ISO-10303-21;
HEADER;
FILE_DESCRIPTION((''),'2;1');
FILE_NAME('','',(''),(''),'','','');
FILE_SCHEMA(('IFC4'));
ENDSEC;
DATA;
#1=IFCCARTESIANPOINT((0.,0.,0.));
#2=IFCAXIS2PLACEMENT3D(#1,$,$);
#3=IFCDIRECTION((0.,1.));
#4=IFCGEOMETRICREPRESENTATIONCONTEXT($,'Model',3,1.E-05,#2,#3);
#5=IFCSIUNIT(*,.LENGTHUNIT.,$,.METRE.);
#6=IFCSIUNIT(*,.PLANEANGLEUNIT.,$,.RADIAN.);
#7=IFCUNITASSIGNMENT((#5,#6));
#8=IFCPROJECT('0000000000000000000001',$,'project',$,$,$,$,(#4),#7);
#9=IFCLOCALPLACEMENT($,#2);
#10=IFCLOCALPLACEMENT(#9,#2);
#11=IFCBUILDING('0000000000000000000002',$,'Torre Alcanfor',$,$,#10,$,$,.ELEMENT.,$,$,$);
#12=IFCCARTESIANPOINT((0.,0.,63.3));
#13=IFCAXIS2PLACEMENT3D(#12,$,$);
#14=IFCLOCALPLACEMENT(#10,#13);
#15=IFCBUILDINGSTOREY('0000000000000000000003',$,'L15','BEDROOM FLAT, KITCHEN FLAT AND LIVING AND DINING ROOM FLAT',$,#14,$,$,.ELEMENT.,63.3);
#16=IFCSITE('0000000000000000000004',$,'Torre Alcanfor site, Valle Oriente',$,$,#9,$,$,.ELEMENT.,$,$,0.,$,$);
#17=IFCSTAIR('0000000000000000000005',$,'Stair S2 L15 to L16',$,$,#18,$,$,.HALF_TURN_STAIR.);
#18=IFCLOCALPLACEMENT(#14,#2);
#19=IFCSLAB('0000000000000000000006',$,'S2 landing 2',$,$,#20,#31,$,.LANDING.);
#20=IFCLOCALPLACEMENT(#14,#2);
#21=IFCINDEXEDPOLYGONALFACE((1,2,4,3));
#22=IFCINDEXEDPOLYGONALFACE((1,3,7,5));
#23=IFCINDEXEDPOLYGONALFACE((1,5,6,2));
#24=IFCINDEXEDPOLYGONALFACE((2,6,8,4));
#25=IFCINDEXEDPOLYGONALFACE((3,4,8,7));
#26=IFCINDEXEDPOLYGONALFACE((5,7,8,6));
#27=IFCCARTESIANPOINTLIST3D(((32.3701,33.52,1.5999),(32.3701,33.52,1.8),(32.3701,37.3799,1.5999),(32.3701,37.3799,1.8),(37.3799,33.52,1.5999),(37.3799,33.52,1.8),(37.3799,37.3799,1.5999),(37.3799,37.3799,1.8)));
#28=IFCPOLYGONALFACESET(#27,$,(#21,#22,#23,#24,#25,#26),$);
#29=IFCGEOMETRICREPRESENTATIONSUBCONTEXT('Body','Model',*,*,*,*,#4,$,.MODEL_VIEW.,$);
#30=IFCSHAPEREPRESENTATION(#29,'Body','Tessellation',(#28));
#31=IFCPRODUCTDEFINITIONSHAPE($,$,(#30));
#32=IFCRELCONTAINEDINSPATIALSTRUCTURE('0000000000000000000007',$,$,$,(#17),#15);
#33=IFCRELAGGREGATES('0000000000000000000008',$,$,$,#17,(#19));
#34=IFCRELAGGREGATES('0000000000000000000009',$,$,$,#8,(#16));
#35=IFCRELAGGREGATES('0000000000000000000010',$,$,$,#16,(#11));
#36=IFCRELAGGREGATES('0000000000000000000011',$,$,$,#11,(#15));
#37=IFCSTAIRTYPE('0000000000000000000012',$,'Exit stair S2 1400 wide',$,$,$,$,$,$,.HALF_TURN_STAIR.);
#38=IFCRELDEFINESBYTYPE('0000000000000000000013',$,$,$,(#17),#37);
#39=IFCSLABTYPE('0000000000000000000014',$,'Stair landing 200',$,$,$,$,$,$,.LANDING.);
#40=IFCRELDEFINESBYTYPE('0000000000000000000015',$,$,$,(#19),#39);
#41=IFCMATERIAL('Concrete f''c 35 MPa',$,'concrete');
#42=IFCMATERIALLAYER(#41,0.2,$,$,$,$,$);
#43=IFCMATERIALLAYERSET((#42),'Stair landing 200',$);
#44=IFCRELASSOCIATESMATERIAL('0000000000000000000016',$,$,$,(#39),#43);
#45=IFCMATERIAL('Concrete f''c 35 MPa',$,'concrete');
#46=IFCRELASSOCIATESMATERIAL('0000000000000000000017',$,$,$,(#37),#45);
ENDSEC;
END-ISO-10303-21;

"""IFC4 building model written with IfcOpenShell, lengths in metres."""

from ifc_helpers import new_model, si_unit, direction, frame, origin, place, context, subcontext, project, spatial, polyline, outline, extrude, material, layer, layer_set, type_object, element, aggregate, save


model = new_model("IFC4")

# Units and contexts
model_context = context("Model", 3, precision=1e-05, world=origin(), true_north=direction((0.0, 1.0)))
body_context = subcontext(model_context, "Body", "Model", "MODEL_VIEW")
ifc_project = project(units=[si_unit("LENGTHUNIT", "METRE"), si_unit("PLANEANGLEUNIT", "RADIAN")], contexts=[model_context])

# Site, building, storey
site_placement = place(None, origin())
site = spatial("IfcSite", under=ifc_project, at=site_placement, Name="Torre Alcanfor site, Valle Oriente", CompositionType="ELEMENT", RefElevation=0.0)
building_placement = place(site_placement, origin())
building = spatial("IfcBuilding", under=site, at=building_placement, Name="Torre Alcanfor", CompositionType="ELEMENT")
storey_placement = place(building_placement, frame((0.0, 0.0, 63.3)))
storey = spatial("IfcBuildingStorey", under=building, at=storey_placement, Name="L15", Description="BEDROOM FLAT, KITCHEN FLAT AND LIVING AND DINING ROOM FLAT", CompositionType="ELEMENT", Elevation=63.3)

# Stair, slab
ifc_material_1 = material(Name="Concrete f'c 35 MPa", Category="concrete")
ifc_layer_1 = layer(ifc_material_1, 0.2)
ifc_layer_set_1 = layer_set([ifc_layer_1], Name="Stair landing 200")
slab_type_1 = type_object("IfcSlabType", Name="Stair landing 200", PredefinedType="LANDING", material=ifc_layer_set_1)
ifc_material_2 = material(Name="Concrete f'c 35 MPa", Category="concrete")
stair_type_1 = type_object("IfcStairType", Name="Exit stair S2 1400 wide", PredefinedType="HALF_TURN_STAIR", material=ifc_material_2)
stair_1_placement = place(storey_placement, origin())
stair_1 = element("IfcStair", 1, at=stair_1_placement, inside=storey, type_object=stair_type_1, Name="Stair S2 L15 to L16", PredefinedType="HALF_TURN_STAIR")
slab_1_placement = place(storey_placement, frame((0.0, 0.0, 1.5999)))
slab_1 = element("IfcSlab", 2, at=slab_1_placement, type_object=slab_type_1, Name="S2 landing 2", PredefinedType="LANDING", context=body_context, shape_type="SweptSolid", body=[
    extrude(outline(polyline([(32.3701, 33.52), (37.3799, 33.52), (37.3799, 37.3799), (32.3701, 37.3799), (32.3701, 33.52)])), origin(), (0.0, 0.0, 1.0), 0.2002),
])
aggregate(stair_1, [slab_1])

save(model, "model.ifc")
